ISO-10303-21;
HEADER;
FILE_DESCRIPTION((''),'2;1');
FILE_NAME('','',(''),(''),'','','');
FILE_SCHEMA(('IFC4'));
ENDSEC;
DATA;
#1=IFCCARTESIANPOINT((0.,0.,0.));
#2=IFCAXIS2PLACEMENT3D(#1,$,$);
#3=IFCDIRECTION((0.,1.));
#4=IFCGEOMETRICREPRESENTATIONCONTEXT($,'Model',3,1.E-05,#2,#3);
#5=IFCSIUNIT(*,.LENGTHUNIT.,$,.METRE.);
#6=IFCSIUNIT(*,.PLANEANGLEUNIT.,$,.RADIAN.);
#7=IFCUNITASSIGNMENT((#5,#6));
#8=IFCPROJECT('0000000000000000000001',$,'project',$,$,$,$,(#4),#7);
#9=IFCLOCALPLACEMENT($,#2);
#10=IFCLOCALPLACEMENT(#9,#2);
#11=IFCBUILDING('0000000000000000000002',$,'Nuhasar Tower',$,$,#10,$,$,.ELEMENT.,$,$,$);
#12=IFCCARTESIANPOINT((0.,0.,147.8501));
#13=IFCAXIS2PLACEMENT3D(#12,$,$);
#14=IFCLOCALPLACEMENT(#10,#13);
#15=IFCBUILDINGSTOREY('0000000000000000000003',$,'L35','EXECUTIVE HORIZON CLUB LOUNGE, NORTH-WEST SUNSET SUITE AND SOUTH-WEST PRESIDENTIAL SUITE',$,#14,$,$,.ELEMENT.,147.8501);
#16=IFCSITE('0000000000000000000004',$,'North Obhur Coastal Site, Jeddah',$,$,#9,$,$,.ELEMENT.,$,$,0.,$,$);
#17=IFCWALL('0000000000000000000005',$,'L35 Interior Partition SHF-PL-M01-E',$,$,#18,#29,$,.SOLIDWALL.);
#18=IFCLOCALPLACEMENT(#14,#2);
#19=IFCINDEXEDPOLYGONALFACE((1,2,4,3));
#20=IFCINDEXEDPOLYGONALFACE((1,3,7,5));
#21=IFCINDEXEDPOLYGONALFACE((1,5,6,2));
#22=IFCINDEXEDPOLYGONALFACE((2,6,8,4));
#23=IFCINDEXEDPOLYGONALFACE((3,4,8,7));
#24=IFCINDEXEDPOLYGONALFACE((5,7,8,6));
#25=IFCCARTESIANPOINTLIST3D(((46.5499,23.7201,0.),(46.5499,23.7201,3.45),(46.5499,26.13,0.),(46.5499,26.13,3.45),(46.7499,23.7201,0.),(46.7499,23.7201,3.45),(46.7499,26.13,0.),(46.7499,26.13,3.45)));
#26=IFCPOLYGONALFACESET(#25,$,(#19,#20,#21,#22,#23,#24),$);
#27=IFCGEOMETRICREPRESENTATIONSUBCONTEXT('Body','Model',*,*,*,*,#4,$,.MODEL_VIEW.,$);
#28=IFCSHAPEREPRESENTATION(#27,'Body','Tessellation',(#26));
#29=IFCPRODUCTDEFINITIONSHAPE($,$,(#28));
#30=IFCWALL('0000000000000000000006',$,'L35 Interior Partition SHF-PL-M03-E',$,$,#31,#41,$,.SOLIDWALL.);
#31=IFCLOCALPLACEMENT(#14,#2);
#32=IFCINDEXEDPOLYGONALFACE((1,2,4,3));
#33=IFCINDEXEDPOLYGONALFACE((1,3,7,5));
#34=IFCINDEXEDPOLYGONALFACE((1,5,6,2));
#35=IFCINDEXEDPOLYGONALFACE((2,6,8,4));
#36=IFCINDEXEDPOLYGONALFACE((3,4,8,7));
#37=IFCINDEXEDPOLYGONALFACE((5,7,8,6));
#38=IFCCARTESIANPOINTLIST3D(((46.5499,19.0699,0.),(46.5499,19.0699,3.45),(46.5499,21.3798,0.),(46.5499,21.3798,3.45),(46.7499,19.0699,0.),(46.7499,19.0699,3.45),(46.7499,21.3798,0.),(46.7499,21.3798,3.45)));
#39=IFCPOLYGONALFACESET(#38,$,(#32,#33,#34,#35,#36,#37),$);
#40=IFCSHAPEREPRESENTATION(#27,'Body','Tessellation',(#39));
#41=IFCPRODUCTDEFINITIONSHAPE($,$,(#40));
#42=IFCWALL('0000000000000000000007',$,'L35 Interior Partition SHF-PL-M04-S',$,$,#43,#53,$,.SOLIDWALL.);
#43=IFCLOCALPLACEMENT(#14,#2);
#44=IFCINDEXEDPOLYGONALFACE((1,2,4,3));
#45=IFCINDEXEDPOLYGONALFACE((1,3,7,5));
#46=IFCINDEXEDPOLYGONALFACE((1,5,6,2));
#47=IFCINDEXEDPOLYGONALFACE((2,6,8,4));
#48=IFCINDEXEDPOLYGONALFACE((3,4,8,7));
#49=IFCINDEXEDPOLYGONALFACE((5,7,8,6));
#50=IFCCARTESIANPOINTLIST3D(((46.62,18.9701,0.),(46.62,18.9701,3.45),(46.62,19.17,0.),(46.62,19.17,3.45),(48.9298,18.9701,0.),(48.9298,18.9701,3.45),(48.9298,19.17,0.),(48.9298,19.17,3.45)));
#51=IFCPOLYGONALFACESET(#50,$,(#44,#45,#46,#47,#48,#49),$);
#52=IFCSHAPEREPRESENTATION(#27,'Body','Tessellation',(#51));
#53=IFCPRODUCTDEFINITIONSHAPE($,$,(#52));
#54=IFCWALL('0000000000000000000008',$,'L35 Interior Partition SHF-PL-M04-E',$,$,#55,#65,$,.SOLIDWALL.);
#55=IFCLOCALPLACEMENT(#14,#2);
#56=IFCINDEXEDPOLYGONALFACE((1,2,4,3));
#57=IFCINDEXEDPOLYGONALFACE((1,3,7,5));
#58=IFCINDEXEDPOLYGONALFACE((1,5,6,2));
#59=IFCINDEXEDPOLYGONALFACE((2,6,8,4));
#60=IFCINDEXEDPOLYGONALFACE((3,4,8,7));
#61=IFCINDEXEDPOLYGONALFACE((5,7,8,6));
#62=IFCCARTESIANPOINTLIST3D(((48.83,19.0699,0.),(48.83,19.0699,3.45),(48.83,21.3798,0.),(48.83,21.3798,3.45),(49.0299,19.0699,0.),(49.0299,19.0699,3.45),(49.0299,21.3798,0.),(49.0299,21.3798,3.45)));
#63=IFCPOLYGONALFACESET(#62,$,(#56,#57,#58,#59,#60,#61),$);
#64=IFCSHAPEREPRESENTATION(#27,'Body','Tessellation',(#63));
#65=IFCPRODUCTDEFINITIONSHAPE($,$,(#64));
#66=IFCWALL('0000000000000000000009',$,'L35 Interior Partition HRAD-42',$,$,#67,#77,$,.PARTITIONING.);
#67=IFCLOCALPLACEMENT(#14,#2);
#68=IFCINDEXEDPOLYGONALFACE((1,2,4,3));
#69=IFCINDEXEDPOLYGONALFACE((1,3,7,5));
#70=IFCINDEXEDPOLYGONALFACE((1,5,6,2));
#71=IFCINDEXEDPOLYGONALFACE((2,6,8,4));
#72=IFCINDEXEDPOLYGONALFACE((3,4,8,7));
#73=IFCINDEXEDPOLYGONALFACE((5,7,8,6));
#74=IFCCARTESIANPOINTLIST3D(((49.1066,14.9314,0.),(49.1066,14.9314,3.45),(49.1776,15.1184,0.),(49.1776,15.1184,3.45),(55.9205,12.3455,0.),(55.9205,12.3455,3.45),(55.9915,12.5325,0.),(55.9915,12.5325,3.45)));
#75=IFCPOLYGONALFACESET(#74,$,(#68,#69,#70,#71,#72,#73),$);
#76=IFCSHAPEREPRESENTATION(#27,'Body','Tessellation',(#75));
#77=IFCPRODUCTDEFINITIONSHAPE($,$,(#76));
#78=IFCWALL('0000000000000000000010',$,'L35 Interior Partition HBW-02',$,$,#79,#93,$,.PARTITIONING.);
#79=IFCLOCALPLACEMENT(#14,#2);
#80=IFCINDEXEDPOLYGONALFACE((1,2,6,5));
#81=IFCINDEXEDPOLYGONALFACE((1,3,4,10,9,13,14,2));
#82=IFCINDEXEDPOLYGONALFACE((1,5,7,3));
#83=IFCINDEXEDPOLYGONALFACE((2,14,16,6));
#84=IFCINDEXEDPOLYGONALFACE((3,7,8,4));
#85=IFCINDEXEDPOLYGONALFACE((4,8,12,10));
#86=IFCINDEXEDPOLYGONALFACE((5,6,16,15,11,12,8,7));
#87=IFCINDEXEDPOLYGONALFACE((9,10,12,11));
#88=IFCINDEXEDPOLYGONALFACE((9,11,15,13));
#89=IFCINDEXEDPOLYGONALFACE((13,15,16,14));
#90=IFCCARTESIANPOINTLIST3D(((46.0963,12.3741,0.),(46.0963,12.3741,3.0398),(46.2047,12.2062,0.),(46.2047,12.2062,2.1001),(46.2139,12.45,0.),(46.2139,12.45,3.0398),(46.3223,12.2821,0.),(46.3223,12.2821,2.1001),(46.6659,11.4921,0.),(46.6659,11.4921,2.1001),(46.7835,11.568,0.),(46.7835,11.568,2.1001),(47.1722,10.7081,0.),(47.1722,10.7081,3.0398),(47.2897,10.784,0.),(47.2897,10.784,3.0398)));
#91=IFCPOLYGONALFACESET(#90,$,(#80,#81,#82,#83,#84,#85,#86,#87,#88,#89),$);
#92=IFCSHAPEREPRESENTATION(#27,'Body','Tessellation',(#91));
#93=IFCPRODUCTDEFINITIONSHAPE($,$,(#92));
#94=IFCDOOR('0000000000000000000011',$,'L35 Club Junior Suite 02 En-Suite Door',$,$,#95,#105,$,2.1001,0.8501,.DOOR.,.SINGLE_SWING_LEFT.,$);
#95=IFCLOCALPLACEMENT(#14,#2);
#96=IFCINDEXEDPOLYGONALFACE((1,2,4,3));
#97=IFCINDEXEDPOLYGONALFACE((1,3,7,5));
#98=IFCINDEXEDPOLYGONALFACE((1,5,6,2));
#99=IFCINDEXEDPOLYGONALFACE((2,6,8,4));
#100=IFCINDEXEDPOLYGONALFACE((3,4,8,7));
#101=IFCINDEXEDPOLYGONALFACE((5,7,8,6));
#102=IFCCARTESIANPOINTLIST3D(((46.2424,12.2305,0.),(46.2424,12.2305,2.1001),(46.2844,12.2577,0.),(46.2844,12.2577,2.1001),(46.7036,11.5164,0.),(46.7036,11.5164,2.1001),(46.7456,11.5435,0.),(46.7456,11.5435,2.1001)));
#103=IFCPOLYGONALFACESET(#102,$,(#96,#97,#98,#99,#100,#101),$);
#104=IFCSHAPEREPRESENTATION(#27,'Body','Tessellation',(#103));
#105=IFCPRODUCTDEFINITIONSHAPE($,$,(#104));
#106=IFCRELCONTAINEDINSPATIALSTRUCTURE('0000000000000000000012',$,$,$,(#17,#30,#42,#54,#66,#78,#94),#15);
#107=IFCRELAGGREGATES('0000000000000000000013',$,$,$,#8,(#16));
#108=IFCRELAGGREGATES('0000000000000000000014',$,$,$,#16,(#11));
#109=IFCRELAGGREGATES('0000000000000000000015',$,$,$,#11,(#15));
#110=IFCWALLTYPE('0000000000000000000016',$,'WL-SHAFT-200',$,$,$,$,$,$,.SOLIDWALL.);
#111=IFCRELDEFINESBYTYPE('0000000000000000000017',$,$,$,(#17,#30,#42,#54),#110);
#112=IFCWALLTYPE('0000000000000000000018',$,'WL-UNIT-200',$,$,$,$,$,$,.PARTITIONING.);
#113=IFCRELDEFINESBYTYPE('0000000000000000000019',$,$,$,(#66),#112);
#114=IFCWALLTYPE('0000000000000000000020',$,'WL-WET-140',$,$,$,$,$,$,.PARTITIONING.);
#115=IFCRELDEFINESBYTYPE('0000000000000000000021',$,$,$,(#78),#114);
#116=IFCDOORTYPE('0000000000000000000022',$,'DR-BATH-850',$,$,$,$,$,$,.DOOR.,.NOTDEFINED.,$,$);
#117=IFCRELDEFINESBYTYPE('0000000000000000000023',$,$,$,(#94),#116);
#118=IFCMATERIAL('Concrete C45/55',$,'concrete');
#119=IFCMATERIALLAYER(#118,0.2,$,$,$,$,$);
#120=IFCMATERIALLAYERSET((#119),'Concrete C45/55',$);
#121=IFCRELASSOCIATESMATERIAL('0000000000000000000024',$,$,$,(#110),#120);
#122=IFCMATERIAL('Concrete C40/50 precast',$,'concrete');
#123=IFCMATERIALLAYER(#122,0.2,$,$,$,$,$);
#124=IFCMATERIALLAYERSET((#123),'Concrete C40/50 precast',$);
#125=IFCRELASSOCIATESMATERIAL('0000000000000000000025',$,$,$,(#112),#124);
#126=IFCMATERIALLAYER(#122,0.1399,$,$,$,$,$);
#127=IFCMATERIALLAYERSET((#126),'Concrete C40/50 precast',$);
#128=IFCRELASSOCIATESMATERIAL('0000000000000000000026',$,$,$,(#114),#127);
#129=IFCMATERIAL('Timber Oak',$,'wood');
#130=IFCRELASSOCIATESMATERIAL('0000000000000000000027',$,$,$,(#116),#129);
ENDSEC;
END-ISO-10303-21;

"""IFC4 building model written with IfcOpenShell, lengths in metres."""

from ifc_helpers import new_model, si_unit, direction, frame, frame_2d, origin, place, context, subcontext, project, spatial, rectangle, extrude, material, layer, layer_set, type_object, element, fill, save


model = new_model("IFC4")

# Units and contexts
model_context = context("Model", 3, precision=1e-05, world=origin(), true_north=direction((0.0, 1.0)))
body_context = subcontext(model_context, "Body", "Model", "MODEL_VIEW")
ifc_project = project(units=[si_unit("LENGTHUNIT", "METRE"), si_unit("PLANEANGLEUNIT", "RADIAN")], contexts=[model_context])

# Site, building, storey
site_placement = place(None, origin())
site = spatial("IfcSite", under=ifc_project, at=site_placement, Name="North Obhur Coastal Site, Jeddah", CompositionType="ELEMENT", RefElevation=0.0)
building_placement = place(site_placement, origin())
building = spatial("IfcBuilding", under=site, at=building_placement, Name="Nuhasar Tower", CompositionType="ELEMENT")
storey_placement = place(building_placement, frame((0.0, 0.0, 147.8501)))
storey = spatial("IfcBuildingStorey", under=building, at=storey_placement, Name="L35", Description="EXECUTIVE HORIZON CLUB LOUNGE, NORTH-WEST SUNSET SUITE AND SOUTH-WEST PRESIDENTIAL SUITE", CompositionType="ELEMENT", Elevation=147.8501)

# Shared definitions
ifc_material_1 = material(Name="Timber Oak", Category="wood")

# Shared definitions
ifc_material_2 = material(Name="Concrete C45/55", Category="concrete")

# Wall
ifc_layer_1 = layer(ifc_material_2, 0.2)
ifc_layer_set_1 = layer_set([ifc_layer_1], Name="Concrete C45/55")
wall_type_1 = type_object("IfcWallType", Name="WL-SHAFT-200", PredefinedType="SOLIDWALL", material=ifc_layer_set_1)
wall_1_placement = place(storey_placement, frame((46.6499, 23.72, 0.0), z_axis=(0.0, 0.0, 1.0), x_axis=(0.0, 1.0, 0.0)))
element("IfcWall", 1, at=wall_1_placement, inside=storey, type_object=wall_type_1, Name="L35 Interior Partition SHF-PL-M01-E", PredefinedType="SOLIDWALL", context=body_context, shape_type="SweptSolid", body=[
    extrude(rectangle(XDim=2.4099, YDim=0.2, at=frame_2d((1.2051, 0.0))), origin(), (0.0, 0.0, 1.0), 3.45),
])

# Walls
for number, where, z_axis, x_axis, name in (
    (2, (46.6499, 19.0701, 0.0), (0.0, 0.0, 1.0), (0.0, 1.0, 0.0), "L35 Interior Partition SHF-PL-M03-E"),
    (3, (46.6201, 19.0701, 0.0), (0.0, 0.0, 1.0), (1.0, 0.0, 0.0), "L35 Interior Partition SHF-PL-M04-S"),
):
    element("IfcWall", number, at=place(storey_placement, frame(where, z_axis=z_axis, x_axis=x_axis)), inside=storey, type_object=wall_type_1, Name=name, PredefinedType="SOLIDWALL", context=body_context, shape_type="SweptSolid", body=[
        extrude(rectangle(XDim=2.3098, YDim=0.2, at=frame_2d((1.1548, 0.0))), origin(), (0.0, 0.0, 1.0), 3.45),
    ])

# Walls
wall_2_placement = place(storey_placement, frame((48.9299, 19.0701, 0.0), z_axis=(0.0, 0.0, 1.0), x_axis=(0.0, 1.0, 0.0)))
element("IfcWall", 4, at=wall_2_placement, inside=storey, type_object=wall_type_1, Name="L35 Interior Partition SHF-PL-M04-E", PredefinedType="SOLIDWALL", context=body_context, shape_type="SweptSolid", body=[
    extrude(rectangle(XDim=2.3098, YDim=0.2, at=frame_2d((1.1548, 0.0))), origin(), (0.0, 0.0, 1.0), 3.45),
])
ifc_material_3 = material(Name="Concrete C40/50 precast", Category="concrete")
ifc_layer_2 = layer(ifc_material_3, 0.2)
ifc_layer_set_2 = layer_set([ifc_layer_2], Name="Concrete C40/50 precast")
wall_type_2 = type_object("IfcWallType", Name="WL-UNIT-200", PredefinedType="PARTITIONING", material=ifc_layer_set_2)
wall_3_placement = place(storey_placement, frame((49.1421, 15.0249, 0.0), z_axis=(0.0, 0.0, 1.0), x_axis=(0.934937, -0.354814, 0.0)))
element("IfcWall", 5, at=wall_3_placement, inside=storey, type_object=wall_type_2, Name="L35 Interior Partition HRAD-42", PredefinedType="PARTITIONING", context=body_context, shape_type="SweptSolid", body=[
    extrude(rectangle(XDim=7.2881, YDim=0.2, at=frame_2d((3.644, 0.0))), origin(), (0.0, 0.0, 1.0), 3.45),
])

# Wall, opening, door
ifc_layer_3 = layer(ifc_material_3, 0.1399)
ifc_layer_set_3 = layer_set([ifc_layer_3], Name="Concrete C40/50 precast")
wall_type_3 = type_object("IfcWallType", Name="WL-WET-140", PredefinedType="PARTITIONING", material=ifc_layer_set_3)
wall_4_placement = place(storey_placement, frame((46.155, 12.4121, 0.0), z_axis=(0.0, 0.0, 1.0), x_axis=(0.542511, -0.840049, 0.0)))
wall_4 = element("IfcWall", 6, at=wall_4_placement, inside=storey, type_object=wall_type_3, Name="L35 Interior Partition HBW-02", PredefinedType="PARTITIONING", context=body_context, shape_type="SweptSolid", body=[
    extrude(rectangle(XDim=1.9832, YDim=0.1399, at=frame_2d((0.9917, 0.0))), origin(), (0.0, 0.0, 1.0), 3.0398),
])
opening_1_placement = place(wall_4_placement, frame((0.2, 0.0, 0.0)))
opening_1 = element("IfcOpeningElement", 7, at=opening_1_placement, cuts=wall_4, PredefinedType="OPENING", context=body_context, shape_type="SweptSolid", body=[
    extrude(rectangle(XDim=0.8501, YDim=2.1001, at=frame_2d((0.425, 1.05))), frame((0.0, 0.0801, 0.0), z_axis=(0.0, -1.0, 0.0), x_axis=(1.0, 0.0, 0.0)), (0.0, 0.0, 1.0), 0.1599),
])
door_type_1 = type_object("IfcDoorType", Name="DR-BATH-850", OperationType="NOTDEFINED", PredefinedType="DOOR", material=ifc_material_1)
door_1_placement = place(opening_1_placement, origin())
door_1 = element("IfcDoor", 8, at=door_1_placement, inside=storey, type_object=door_type_1, Name="L35 Club Junior Suite 02 En-Suite Door", OperationType="SINGLE_SWING_LEFT", OverallHeight=2.1001, OverallWidth=0.8501, PredefinedType="DOOR", context=body_context, shape_type="SweptSolid", body=[
    extrude(rectangle(XDim=0.8501, YDim=2.1001, at=frame_2d((0.425, 1.05))), frame((0.0, 0.0249, 0.0), z_axis=(0.0, -1.0, 0.0), x_axis=(1.0, 0.0, 0.0)), (0.0, 0.0, 1.0), 0.05),
])
fill(opening_1, door_1)

save(model, "model.ifc")
